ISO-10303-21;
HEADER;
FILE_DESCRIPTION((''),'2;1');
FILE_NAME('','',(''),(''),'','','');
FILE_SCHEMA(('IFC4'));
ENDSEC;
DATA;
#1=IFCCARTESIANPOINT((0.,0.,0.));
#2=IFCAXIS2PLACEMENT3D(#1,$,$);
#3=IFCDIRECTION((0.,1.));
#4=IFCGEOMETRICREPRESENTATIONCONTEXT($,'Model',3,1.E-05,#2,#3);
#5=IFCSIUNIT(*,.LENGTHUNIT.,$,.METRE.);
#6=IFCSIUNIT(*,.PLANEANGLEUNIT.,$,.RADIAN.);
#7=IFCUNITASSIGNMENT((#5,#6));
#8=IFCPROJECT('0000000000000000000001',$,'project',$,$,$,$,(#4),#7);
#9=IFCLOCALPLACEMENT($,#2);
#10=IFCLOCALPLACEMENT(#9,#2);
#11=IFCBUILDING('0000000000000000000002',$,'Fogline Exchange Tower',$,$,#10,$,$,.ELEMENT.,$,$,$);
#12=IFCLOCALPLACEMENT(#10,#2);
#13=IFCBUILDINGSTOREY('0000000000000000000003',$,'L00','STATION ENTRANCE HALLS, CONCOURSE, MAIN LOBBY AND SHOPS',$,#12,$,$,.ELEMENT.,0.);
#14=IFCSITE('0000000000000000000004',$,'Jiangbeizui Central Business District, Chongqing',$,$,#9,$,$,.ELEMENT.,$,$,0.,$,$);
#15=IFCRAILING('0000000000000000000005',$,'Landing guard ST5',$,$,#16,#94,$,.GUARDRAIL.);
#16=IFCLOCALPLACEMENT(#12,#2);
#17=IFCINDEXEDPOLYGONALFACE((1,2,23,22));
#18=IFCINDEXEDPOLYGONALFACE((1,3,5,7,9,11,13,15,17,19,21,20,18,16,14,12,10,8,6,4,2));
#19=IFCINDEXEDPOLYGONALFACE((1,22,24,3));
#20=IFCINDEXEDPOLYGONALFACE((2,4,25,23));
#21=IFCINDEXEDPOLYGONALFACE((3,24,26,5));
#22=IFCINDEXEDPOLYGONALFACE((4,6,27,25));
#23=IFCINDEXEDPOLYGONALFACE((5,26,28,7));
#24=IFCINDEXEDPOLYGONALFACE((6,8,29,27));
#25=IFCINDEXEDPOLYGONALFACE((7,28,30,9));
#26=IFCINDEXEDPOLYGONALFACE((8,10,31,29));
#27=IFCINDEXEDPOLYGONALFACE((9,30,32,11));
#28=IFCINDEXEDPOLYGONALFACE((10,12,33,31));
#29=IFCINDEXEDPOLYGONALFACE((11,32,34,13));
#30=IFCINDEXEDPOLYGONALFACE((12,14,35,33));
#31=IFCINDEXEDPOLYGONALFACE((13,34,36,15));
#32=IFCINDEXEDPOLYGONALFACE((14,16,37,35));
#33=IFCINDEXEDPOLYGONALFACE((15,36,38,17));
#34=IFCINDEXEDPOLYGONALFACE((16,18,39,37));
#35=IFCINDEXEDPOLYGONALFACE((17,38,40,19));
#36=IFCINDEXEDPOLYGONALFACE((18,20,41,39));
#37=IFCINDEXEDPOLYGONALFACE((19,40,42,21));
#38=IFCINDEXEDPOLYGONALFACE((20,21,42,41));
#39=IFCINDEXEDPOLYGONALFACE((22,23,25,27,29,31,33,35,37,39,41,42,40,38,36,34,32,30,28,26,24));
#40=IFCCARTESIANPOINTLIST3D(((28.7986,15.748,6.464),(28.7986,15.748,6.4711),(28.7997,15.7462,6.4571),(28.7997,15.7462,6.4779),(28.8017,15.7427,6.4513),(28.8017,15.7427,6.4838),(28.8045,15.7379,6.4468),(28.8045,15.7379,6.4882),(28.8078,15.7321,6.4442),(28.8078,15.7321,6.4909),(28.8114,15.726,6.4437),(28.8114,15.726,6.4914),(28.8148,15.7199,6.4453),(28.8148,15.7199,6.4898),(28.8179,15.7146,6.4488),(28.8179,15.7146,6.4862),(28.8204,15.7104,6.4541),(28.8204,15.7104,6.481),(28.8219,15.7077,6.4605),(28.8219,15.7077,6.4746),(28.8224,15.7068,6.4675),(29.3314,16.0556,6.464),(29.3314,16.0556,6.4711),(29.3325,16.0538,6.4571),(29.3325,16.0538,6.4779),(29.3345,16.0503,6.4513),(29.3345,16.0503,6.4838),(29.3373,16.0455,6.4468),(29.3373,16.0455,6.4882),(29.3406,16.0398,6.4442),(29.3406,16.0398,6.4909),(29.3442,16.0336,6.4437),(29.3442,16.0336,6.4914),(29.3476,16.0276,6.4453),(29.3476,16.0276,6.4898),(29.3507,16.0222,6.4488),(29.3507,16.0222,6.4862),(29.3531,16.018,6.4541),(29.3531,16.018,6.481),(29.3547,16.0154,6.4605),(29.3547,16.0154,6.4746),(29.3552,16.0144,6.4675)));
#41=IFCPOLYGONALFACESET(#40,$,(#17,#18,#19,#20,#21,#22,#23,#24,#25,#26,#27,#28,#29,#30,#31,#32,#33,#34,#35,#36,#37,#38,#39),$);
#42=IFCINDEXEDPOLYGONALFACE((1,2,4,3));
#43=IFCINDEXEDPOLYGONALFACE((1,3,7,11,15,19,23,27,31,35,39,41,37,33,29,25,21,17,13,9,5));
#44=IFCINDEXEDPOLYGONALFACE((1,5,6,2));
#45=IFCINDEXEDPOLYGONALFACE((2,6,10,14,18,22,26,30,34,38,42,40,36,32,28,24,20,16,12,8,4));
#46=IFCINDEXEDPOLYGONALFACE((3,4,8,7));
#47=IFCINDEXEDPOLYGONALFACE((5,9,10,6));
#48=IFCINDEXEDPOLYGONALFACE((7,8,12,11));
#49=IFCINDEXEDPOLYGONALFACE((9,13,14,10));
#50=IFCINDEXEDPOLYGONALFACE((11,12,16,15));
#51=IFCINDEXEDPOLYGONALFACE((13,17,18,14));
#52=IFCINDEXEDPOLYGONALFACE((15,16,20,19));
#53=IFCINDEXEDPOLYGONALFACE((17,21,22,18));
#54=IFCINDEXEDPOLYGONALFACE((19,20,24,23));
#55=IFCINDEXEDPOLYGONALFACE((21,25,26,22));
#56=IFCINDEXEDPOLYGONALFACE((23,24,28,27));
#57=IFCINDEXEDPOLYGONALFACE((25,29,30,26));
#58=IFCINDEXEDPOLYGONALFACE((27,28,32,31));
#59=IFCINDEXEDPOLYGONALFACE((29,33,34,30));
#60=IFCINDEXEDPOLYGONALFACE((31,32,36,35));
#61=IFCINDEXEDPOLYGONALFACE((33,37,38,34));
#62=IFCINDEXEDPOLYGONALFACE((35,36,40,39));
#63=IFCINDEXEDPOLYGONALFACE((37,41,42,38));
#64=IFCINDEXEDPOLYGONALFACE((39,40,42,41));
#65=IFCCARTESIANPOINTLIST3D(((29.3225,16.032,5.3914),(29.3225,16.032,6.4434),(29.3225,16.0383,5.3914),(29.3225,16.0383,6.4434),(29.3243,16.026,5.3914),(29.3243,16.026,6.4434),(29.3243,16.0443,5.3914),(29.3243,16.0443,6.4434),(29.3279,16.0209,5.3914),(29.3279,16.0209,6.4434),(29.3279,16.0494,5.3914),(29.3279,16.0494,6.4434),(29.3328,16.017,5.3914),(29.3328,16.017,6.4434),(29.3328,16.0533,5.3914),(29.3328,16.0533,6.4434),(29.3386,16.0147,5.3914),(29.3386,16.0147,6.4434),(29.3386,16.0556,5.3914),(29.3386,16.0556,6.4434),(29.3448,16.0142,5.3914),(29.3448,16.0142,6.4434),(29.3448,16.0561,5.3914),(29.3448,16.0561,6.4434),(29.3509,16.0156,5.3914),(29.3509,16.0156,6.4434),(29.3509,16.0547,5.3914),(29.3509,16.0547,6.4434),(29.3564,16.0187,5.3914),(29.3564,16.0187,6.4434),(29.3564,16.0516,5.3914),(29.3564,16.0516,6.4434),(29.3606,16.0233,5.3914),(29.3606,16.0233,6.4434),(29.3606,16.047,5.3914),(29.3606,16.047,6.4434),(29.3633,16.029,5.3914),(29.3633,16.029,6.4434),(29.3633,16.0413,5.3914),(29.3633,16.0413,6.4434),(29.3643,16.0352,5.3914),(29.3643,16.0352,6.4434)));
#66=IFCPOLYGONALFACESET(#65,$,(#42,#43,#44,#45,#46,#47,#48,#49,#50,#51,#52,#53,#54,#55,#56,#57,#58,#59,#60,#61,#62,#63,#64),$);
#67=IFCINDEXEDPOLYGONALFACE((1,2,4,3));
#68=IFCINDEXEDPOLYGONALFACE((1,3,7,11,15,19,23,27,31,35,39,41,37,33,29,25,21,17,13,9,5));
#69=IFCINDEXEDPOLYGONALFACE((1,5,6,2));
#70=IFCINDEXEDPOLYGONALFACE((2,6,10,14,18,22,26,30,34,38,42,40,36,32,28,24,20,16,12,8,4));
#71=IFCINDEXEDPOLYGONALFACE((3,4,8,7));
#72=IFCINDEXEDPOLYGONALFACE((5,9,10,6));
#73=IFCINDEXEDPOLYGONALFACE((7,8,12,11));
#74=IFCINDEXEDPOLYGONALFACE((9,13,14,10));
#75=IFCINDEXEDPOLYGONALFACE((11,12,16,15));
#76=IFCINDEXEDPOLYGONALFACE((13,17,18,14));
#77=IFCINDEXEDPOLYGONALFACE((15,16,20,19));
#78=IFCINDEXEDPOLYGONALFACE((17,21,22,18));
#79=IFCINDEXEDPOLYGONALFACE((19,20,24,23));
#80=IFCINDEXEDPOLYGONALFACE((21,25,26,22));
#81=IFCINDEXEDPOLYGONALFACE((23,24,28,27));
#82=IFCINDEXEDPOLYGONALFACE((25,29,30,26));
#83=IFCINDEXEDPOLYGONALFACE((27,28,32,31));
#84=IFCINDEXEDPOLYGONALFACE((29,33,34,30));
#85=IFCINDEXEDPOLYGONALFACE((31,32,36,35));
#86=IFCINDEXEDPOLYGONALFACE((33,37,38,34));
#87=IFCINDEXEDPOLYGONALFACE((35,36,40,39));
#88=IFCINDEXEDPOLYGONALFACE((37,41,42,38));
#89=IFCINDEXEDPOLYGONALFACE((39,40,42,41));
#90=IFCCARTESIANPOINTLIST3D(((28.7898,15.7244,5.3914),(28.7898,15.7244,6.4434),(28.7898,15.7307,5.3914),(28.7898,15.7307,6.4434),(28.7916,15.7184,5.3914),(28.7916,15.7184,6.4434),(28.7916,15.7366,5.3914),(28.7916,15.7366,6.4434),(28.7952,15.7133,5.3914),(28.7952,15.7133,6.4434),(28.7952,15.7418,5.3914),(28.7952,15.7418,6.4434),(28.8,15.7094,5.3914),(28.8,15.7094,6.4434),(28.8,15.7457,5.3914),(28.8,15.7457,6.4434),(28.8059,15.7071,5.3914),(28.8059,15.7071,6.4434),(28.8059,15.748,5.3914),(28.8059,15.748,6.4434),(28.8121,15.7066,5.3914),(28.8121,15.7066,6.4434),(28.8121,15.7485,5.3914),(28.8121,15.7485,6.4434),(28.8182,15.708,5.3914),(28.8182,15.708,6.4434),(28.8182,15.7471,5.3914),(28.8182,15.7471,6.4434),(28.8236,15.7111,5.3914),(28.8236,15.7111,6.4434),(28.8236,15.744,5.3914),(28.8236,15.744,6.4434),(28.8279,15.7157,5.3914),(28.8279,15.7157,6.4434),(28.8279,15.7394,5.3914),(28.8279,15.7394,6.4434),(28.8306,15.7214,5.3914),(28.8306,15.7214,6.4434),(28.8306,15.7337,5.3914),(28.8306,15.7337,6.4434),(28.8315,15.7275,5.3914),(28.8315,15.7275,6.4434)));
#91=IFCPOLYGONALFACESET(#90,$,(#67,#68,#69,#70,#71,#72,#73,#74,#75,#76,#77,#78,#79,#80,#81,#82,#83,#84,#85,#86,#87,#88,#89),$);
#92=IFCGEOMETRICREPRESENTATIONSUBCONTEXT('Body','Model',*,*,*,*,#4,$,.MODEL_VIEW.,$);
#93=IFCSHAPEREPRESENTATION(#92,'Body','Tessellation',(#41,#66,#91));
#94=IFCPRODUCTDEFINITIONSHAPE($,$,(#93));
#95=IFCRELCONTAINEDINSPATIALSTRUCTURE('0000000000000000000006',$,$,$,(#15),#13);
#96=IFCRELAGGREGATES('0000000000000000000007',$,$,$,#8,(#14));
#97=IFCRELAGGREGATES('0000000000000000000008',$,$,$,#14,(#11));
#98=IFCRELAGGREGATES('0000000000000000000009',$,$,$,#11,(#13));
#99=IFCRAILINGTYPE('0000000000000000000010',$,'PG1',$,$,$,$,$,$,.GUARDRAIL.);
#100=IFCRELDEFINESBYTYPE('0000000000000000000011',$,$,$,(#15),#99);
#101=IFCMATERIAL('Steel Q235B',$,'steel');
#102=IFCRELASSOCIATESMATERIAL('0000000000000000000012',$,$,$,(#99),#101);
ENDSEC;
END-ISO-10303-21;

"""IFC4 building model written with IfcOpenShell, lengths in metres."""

from ifc_helpers import new_model, si_unit, direction, frame, origin, origin_2d, place, context, subcontext, project, spatial, circle, extrude, material, type_object, element, save


model = new_model("IFC4")

# Units and contexts
model_context = context("Model", 3, precision=1e-05, world=origin(), true_north=direction((0.0, 1.0)))
body_context = subcontext(model_context, "Body", "Model", "MODEL_VIEW")
ifc_project = project(units=[si_unit("LENGTHUNIT", "METRE"), si_unit("PLANEANGLEUNIT", "RADIAN")], contexts=[model_context])

# Site, building, storey
site_placement = place(None, origin())
site = spatial("IfcSite", under=ifc_project, at=site_placement, Name="Jiangbeizui Central Business District, Chongqing", CompositionType="ELEMENT", RefElevation=0.0)
building_placement = place(site_placement, origin())
building = spatial("IfcBuilding", under=site, at=building_placement, Name="Fogline Exchange Tower", CompositionType="ELEMENT")
storey_placement = place(building_placement, origin())
storey = spatial("IfcBuildingStorey", under=building, at=storey_placement, Name="L00", Description="STATION ENTRANCE HALLS, CONCOURSE, MAIN LOBBY AND SHOPS", CompositionType="ELEMENT", Elevation=0.0)

# Shared definitions
ifc_material_1 = material(Name="Steel Q235B", Category="steel")

# Railing
railing_type_1 = type_object("IfcRailingType", Name="PG1", PredefinedType="GUARDRAIL", material=ifc_material_1)
railing_1_placement = place(storey_placement, frame((29.3433, 16.0352, 5.3914)))
element("IfcRailing", 1, at=railing_1_placement, inside=storey, type_object=railing_type_1, Name="Landing guard ST5", PredefinedType="GUARDRAIL", context=body_context, shape_type="SweptSolid", body=[
    extrude(circle(Radius=0.0239, at=origin_2d()), frame((0.0, 0.0, 1.0762), z_axis=(-0.865987, -0.500066, 0.0), x_axis=(0.500066, -0.865987, 0.0)), (0.0, 0.0, 1.0), 0.6152),
    extrude(circle(Radius=0.021, at=origin_2d()), origin(), (0.0, 0.0, 1.0), 1.052),
    extrude(circle(Radius=0.021, at=origin_2d()), frame((-0.5327, -0.3076, 0.0)), (0.0, 0.0, 1.0), 1.052),
])

save(model, "model.ifc")
